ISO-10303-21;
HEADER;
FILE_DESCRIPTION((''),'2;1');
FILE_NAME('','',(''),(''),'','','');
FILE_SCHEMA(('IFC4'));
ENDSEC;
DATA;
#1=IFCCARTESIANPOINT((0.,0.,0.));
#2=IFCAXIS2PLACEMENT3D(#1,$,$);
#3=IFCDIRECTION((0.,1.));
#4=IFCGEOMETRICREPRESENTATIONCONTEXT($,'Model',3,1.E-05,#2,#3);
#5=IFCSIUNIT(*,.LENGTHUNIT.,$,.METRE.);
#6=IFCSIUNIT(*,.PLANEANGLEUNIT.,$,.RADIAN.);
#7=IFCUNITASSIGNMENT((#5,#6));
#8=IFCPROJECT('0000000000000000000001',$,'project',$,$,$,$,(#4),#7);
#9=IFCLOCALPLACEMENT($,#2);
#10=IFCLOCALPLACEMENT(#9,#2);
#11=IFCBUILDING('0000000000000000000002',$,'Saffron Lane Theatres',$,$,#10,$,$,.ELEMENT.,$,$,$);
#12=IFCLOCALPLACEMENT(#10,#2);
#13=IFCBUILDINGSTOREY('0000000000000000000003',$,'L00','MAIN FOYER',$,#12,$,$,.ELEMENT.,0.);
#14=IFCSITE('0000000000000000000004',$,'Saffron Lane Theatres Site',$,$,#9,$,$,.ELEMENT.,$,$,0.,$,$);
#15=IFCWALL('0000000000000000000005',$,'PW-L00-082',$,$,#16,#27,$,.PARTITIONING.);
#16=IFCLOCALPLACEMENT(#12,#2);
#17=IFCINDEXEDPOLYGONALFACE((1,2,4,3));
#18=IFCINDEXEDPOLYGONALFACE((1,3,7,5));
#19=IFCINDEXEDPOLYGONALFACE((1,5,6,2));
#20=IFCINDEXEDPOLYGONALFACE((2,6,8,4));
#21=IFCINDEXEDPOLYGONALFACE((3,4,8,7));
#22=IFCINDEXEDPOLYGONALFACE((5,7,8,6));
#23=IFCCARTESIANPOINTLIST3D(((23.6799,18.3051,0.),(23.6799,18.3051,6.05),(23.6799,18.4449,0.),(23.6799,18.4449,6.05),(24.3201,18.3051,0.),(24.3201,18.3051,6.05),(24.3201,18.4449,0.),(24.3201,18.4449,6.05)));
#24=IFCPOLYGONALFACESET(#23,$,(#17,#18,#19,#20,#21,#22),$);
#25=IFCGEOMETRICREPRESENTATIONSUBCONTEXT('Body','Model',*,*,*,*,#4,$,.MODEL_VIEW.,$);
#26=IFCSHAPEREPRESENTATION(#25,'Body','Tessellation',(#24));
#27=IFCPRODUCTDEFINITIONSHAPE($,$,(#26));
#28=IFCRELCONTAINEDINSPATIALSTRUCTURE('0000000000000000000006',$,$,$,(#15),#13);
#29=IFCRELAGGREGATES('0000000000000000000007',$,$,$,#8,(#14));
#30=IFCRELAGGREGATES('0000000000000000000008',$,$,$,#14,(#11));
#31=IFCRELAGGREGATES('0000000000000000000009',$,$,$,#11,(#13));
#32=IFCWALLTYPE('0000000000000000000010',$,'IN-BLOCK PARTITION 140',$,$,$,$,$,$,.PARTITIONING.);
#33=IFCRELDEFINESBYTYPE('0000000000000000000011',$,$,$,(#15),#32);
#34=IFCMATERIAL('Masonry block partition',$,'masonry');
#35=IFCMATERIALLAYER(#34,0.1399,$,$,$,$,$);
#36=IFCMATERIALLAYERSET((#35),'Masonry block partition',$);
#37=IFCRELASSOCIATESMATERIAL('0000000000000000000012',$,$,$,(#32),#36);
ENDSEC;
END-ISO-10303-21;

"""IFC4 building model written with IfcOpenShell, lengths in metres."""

from ifc_helpers import new_model, si_unit, direction, frame, frame_2d, origin, place, context, subcontext, project, spatial, rectangle, extrude, material, layer, layer_set, type_object, element, save


model = new_model("IFC4")

# Units and contexts
model_context = context("Model", 3, precision=1e-05, world=origin(), true_north=direction((0.0, 1.0)))
body_context = subcontext(model_context, "Body", "Model", "MODEL_VIEW")
ifc_project = project(units=[si_unit("LENGTHUNIT", "METRE"), si_unit("PLANEANGLEUNIT", "RADIAN")], contexts=[model_context])

# Site, building, storey
site_placement = place(None, origin())
site = spatial("IfcSite", under=ifc_project, at=site_placement, Name="Saffron Lane Theatres Site", CompositionType="ELEMENT", RefElevation=0.0)
building_placement = place(site_placement, origin())
building = spatial("IfcBuilding", under=site, at=building_placement, Name="Saffron Lane Theatres", CompositionType="ELEMENT")
storey_placement = place(building_placement, origin())
storey = spatial("IfcBuildingStorey", under=building, at=storey_placement, Name="L00", Description="MAIN FOYER", CompositionType="ELEMENT", Elevation=0.0)

# Shared definitions
ifc_material_1 = material(Name="Masonry block partition", Category="masonry")
ifc_layer_1 = layer(ifc_material_1, 0.1399)
ifc_layer_set_1 = layer_set([ifc_layer_1], Name="Masonry block partition")
wall_type_1 = type_object("IfcWallType", Name="IN-BLOCK PARTITION 140", PredefinedType="PARTITIONING", material=ifc_layer_set_1)

# Wall
wall_1_placement = place(storey_placement, frame((23.6799, 18.375, 0.0), z_axis=(0.0, 0.0, 1.0), x_axis=(1.0, 0.0, 0.0)))
element("IfcWall", 1, at=wall_1_placement, inside=storey, type_object=wall_type_1, Name="PW-L00-082", PredefinedType="PARTITIONING", context=body_context, shape_type="SweptSolid", body=[
    extrude(rectangle(XDim=0.6401, YDim=0.1399, at=frame_2d((0.3201, 0.0))), origin(), (0.0, 0.0, 1.0), 6.05),
])

save(model, "model.ifc")
